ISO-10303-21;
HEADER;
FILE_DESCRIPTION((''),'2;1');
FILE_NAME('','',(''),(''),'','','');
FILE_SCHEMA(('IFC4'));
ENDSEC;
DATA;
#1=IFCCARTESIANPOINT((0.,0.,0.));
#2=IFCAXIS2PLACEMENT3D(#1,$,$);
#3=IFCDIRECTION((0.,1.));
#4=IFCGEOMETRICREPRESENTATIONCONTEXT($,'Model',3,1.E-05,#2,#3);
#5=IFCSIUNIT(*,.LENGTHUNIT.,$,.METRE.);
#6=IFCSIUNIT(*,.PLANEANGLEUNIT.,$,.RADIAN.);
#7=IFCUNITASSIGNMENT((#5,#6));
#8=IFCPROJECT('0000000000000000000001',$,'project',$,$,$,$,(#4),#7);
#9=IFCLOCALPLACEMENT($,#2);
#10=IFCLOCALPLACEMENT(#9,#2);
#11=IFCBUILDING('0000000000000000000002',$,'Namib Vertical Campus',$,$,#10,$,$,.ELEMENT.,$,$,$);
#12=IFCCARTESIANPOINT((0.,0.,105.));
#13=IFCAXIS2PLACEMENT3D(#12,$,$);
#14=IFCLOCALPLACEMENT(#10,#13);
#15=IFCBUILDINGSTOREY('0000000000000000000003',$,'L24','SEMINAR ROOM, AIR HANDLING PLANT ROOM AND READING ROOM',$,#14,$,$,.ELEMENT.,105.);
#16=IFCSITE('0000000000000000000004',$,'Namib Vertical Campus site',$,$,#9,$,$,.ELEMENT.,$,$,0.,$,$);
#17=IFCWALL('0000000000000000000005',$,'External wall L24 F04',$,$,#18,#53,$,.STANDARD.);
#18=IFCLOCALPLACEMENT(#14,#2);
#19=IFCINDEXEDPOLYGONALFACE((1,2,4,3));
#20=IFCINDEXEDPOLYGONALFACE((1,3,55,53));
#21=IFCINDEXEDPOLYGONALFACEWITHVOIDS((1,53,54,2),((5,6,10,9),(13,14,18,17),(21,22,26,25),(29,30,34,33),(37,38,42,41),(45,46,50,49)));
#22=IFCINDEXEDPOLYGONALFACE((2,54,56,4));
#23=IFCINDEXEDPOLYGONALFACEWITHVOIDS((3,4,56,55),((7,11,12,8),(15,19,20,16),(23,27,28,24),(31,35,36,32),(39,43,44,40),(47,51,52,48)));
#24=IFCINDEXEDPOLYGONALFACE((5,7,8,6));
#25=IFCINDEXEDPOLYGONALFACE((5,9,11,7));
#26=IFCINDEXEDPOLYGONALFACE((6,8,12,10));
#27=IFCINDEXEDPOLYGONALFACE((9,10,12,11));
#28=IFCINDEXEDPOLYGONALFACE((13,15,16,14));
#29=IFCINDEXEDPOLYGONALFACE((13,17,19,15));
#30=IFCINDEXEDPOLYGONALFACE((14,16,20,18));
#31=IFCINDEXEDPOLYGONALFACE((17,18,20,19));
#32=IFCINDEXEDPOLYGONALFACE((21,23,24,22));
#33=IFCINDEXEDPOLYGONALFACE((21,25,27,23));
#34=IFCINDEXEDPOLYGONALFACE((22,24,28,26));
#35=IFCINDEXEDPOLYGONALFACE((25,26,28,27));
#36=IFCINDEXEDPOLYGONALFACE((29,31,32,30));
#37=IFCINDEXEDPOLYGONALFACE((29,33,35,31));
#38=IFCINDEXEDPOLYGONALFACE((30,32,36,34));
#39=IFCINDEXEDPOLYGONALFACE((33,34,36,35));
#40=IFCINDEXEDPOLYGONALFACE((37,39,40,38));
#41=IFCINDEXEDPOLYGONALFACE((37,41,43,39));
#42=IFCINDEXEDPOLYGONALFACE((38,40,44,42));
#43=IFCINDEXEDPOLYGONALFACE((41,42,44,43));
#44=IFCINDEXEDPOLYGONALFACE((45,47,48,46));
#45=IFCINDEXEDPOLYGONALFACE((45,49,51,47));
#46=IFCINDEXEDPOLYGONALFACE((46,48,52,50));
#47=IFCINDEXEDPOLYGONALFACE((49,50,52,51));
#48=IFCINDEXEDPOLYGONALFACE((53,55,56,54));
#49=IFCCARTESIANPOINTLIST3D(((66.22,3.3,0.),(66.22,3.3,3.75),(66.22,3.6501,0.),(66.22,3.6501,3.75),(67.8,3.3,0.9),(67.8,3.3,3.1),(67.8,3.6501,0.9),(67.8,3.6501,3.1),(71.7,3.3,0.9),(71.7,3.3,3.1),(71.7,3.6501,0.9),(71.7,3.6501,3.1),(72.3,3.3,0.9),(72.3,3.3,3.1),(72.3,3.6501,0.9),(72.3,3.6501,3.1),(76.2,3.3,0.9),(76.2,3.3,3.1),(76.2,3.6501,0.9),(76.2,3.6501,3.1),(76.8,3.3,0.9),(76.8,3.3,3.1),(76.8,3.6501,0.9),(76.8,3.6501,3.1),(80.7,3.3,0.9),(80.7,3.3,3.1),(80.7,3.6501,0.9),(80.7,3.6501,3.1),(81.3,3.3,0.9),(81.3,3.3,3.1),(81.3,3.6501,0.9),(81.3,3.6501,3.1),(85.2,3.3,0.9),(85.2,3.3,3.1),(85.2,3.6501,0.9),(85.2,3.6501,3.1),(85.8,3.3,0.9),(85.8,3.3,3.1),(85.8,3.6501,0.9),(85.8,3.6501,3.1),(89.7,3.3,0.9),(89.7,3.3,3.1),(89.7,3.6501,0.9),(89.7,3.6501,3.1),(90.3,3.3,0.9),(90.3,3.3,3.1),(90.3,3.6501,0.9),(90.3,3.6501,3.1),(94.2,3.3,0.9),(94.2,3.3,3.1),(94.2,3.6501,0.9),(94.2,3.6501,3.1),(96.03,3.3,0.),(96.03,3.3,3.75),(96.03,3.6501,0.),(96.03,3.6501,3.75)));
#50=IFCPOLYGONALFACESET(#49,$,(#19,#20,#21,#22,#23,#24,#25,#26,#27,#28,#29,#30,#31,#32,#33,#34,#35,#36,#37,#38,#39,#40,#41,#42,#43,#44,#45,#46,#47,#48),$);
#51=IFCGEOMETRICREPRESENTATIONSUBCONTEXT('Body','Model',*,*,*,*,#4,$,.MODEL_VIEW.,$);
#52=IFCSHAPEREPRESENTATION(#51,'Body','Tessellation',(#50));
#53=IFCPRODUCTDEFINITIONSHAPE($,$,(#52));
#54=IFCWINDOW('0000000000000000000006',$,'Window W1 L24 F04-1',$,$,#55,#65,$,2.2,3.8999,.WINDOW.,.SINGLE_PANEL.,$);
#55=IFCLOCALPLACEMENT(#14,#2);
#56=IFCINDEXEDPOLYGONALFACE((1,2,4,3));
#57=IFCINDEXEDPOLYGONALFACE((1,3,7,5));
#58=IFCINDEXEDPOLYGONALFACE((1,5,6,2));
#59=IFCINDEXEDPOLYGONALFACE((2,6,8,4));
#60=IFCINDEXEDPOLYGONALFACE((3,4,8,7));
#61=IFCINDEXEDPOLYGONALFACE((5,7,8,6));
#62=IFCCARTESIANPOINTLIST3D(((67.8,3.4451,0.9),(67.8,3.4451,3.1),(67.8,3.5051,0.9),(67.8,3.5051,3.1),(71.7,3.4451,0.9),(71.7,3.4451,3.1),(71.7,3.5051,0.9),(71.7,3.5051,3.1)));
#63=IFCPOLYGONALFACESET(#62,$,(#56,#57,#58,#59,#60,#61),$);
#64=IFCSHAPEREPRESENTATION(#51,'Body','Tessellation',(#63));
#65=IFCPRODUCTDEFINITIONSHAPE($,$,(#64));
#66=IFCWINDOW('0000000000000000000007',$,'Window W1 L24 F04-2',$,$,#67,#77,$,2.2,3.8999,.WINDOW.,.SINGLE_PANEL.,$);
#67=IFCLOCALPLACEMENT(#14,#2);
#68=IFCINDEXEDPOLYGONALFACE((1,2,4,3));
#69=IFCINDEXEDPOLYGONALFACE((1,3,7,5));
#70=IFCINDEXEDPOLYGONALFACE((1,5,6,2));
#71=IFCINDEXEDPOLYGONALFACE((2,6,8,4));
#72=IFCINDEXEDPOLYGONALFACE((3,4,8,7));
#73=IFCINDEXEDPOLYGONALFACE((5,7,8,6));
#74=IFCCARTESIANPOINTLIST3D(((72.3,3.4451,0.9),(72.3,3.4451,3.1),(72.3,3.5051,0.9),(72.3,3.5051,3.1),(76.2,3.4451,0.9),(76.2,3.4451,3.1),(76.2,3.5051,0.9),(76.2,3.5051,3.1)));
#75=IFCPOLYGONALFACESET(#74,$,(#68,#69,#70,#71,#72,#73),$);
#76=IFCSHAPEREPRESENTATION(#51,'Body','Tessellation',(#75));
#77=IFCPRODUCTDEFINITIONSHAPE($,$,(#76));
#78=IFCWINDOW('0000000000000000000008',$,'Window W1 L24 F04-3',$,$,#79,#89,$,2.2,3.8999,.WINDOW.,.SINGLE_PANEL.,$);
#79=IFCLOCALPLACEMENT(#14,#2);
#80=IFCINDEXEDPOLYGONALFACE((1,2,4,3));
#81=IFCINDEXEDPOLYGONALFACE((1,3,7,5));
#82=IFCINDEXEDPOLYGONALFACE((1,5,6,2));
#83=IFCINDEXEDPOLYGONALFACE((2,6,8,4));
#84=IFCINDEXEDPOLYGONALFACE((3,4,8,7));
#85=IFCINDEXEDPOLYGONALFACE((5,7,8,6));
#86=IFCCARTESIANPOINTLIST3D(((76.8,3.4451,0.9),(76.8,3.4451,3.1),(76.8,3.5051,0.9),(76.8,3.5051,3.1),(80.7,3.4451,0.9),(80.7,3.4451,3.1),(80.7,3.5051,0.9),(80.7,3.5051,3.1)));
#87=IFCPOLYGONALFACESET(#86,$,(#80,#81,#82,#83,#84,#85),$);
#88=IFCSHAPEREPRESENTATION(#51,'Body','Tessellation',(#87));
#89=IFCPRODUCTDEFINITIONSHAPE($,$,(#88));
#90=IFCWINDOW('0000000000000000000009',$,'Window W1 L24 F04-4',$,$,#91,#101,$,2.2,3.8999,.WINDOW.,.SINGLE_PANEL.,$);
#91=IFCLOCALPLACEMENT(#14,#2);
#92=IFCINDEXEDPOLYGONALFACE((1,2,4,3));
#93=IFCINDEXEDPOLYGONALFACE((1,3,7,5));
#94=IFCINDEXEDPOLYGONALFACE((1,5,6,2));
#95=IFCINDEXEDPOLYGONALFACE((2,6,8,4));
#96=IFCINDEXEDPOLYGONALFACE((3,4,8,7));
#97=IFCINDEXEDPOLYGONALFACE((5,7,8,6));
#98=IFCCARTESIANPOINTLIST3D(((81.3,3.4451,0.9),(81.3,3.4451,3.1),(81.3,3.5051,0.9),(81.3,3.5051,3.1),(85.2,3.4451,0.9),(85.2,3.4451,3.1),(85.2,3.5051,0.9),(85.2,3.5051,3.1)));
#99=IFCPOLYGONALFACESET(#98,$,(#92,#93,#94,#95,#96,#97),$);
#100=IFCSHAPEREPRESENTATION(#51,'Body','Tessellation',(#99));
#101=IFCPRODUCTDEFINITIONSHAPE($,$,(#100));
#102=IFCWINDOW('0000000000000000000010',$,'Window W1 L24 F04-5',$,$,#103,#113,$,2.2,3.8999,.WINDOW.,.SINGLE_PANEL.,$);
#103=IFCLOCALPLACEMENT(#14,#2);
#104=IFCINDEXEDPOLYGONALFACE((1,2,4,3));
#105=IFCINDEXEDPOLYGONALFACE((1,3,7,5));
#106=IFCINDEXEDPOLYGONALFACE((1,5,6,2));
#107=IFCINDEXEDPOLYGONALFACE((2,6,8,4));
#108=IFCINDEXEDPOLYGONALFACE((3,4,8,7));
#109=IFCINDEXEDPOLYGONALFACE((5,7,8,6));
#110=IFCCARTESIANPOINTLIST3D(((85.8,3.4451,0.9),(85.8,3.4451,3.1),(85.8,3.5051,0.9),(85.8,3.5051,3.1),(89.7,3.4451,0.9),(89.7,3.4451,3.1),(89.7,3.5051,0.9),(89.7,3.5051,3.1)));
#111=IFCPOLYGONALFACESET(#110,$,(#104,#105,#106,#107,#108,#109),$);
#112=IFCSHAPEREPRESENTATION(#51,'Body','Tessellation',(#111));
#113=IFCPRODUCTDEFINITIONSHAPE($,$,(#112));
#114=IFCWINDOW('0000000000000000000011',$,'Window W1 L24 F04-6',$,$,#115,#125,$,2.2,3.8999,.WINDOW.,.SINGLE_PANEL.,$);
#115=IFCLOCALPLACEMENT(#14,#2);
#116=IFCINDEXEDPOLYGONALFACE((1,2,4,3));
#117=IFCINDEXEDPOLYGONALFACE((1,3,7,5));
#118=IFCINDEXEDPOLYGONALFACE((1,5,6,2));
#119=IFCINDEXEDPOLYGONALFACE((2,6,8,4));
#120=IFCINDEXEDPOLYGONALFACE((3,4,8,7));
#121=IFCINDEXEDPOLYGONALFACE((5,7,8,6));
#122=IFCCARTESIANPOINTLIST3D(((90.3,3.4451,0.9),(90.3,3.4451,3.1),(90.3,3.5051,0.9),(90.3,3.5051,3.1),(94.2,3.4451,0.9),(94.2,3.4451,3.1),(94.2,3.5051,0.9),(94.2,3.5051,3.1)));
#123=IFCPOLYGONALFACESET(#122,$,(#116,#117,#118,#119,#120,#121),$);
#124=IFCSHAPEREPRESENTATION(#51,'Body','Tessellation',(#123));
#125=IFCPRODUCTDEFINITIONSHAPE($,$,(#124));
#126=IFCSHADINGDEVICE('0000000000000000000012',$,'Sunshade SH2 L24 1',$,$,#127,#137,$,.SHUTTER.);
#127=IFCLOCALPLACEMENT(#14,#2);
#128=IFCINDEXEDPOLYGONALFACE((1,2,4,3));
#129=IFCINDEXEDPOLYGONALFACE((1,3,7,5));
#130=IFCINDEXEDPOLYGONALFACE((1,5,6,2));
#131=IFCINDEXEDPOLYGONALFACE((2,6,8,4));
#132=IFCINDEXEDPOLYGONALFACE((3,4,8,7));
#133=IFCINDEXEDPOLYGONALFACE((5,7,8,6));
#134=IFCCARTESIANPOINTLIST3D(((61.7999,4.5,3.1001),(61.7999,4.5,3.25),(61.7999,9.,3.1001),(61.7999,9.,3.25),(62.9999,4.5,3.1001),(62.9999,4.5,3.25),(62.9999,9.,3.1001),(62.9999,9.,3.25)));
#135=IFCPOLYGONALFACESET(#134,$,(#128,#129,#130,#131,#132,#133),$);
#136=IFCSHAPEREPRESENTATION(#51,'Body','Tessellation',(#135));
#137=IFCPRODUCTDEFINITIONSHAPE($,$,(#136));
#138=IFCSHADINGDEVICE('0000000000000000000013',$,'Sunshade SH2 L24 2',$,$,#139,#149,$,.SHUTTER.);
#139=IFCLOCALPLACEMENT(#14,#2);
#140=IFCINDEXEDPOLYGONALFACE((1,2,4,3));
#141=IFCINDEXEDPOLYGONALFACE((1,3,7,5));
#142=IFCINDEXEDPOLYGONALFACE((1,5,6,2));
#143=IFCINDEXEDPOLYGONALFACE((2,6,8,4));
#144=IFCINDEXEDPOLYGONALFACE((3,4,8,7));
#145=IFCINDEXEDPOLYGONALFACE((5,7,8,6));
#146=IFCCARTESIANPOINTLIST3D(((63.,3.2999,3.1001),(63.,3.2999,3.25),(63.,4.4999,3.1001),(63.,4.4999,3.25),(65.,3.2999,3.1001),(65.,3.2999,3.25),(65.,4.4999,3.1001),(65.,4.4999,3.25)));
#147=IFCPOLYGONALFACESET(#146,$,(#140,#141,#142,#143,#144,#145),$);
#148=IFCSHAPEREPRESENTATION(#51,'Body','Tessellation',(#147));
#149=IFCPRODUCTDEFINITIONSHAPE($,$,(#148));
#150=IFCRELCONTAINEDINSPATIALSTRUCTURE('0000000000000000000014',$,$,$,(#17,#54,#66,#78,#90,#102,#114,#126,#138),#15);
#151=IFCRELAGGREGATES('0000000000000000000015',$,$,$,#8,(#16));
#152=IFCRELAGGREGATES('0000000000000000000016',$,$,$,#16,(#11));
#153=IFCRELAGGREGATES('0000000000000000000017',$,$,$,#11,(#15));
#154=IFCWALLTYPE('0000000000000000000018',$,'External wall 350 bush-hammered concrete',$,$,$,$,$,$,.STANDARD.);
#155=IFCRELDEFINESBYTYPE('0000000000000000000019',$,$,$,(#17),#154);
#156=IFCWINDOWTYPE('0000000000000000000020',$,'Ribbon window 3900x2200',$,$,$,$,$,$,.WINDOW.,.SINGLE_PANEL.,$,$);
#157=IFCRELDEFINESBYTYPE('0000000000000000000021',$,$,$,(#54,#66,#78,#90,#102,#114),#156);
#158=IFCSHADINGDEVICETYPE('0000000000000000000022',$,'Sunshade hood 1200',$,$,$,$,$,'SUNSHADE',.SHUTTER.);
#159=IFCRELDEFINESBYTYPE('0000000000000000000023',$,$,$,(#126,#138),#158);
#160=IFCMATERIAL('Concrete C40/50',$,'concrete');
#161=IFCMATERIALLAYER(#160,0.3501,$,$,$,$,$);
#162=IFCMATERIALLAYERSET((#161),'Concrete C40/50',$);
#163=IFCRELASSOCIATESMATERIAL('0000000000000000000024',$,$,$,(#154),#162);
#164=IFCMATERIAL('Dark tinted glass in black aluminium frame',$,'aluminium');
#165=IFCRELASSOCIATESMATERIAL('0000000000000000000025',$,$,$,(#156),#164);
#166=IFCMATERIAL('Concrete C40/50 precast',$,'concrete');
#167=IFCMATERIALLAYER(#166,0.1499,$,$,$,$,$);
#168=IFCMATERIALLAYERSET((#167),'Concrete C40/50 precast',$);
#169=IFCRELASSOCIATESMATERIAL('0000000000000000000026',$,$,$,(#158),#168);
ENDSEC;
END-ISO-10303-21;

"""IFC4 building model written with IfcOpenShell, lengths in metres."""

from ifc_helpers import new_model, si_unit, direction, frame, frame_2d, origin, origin_2d, place, context, subcontext, project, spatial, rectangle, extrude, material, layer, layer_set, type_object, element, fill, save


model = new_model("IFC4")

# Units and contexts
model_context = context("Model", 3, precision=1e-05, world=origin(), true_north=direction((0.0, 1.0)))
body_context = subcontext(model_context, "Body", "Model", "MODEL_VIEW")
ifc_project = project(units=[si_unit("LENGTHUNIT", "METRE"), si_unit("PLANEANGLEUNIT", "RADIAN")], contexts=[model_context])

# Site, building, storey
site_placement = place(None, origin())
site = spatial("IfcSite", under=ifc_project, at=site_placement, Name="Namib Vertical Campus site", CompositionType="ELEMENT", RefElevation=0.0)
building_placement = place(site_placement, origin())
building = spatial("IfcBuilding", under=site, at=building_placement, Name="Namib Vertical Campus", CompositionType="ELEMENT")
storey_placement = place(building_placement, frame((0.0, 0.0, 105.0)))
storey = spatial("IfcBuildingStorey", under=building, at=storey_placement, Name="L24", Description="SEMINAR ROOM, AIR HANDLING PLANT ROOM AND READING ROOM", CompositionType="ELEMENT", Elevation=105.0)

# Shared definitions
ifc_material_1 = material(Name="Concrete C40/50", Category="concrete")
ifc_layer_1 = layer(ifc_material_1, 0.3501)
ifc_layer_set_1 = layer_set([ifc_layer_1], Name="Concrete C40/50")
wall_type = type_object("IfcWallType", Name="External wall 350 bush-hammered concrete", PredefinedType="STANDARD", material=ifc_layer_set_1)

# Wall, openings, windows
wall_1_placement = place(storey_placement, frame((66.22, 3.4751, 0.0), z_axis=(0.0, 0.0, 1.0), x_axis=(1.0, 0.0, 0.0)))
wall_1 = element("IfcWall", 1, at=wall_1_placement, inside=storey, type_object=wall_type, Name="External wall L24 F04", PredefinedType="STANDARD", context=body_context, shape_type="SweptSolid", body=[
    extrude(rectangle(XDim=29.8101, YDim=0.3501, at=frame_2d((14.905, 0.0))), origin(), (0.0, 0.0, 1.0), 3.75),
])
opening_1_placement = place(wall_1_placement, frame((1.5801, 0.0, 0.8999)))
opening_1 = element("IfcOpeningElement", 2, at=opening_1_placement, cuts=wall_1, PredefinedType="OPENING", context=body_context, shape_type="SweptSolid", body=[
    extrude(rectangle(XDim=3.8999, YDim=2.2, at=frame_2d((1.95, 1.1001))), frame((0.0, 0.1851, 0.0), z_axis=(0.0, -1.0, 0.0), x_axis=(1.0, 0.0, 0.0)), (0.0, 0.0, 1.0), 0.3701),
])
opening_2_placement = place(wall_1_placement, frame((6.0801, 0.0, 0.8999)))
opening_2 = element("IfcOpeningElement", 3, at=opening_2_placement, cuts=wall_1, PredefinedType="OPENING", context=body_context, shape_type="SweptSolid", body=[
    extrude(rectangle(XDim=3.8999, YDim=2.2, at=frame_2d((1.95, 1.1001))), frame((0.0, 0.1851, 0.0), z_axis=(0.0, -1.0, 0.0), x_axis=(1.0, 0.0, 0.0)), (0.0, 0.0, 1.0), 0.3701),
])
opening_3_placement = place(wall_1_placement, frame((10.5801, 0.0, 0.8999)))
opening_3 = element("IfcOpeningElement", 4, at=opening_3_placement, cuts=wall_1, PredefinedType="OPENING", context=body_context, shape_type="SweptSolid", body=[
    extrude(rectangle(XDim=3.8999, YDim=2.2, at=frame_2d((1.95, 1.1001))), frame((0.0, 0.1851, 0.0), z_axis=(0.0, -1.0, 0.0), x_axis=(1.0, 0.0, 0.0)), (0.0, 0.0, 1.0), 0.3701),
])
opening_4_placement = place(wall_1_placement, frame((15.0801, 0.0, 0.8999)))
opening_4 = element("IfcOpeningElement", 5, at=opening_4_placement, cuts=wall_1, PredefinedType="OPENING", context=body_context, shape_type="SweptSolid", body=[
    extrude(rectangle(XDim=3.8999, YDim=2.2, at=frame_2d((1.95, 1.1001))), frame((0.0, 0.1851, 0.0), z_axis=(0.0, -1.0, 0.0), x_axis=(1.0, 0.0, 0.0)), (0.0, 0.0, 1.0), 0.3701),
])
opening_5_placement = place(wall_1_placement, frame((19.5801, 0.0, 0.8999)))
opening_5 = element("IfcOpeningElement", 6, at=opening_5_placement, cuts=wall_1, PredefinedType="OPENING", context=body_context, shape_type="SweptSolid", body=[
    extrude(rectangle(XDim=3.8999, YDim=2.2, at=frame_2d((1.95, 1.1001))), frame((0.0, 0.1851, 0.0), z_axis=(0.0, -1.0, 0.0), x_axis=(1.0, 0.0, 0.0)), (0.0, 0.0, 1.0), 0.3701),
])
opening_6_placement = place(wall_1_placement, frame((24.0801, 0.0, 0.8999)))
opening_6 = element("IfcOpeningElement", 7, at=opening_6_placement, cuts=wall_1, PredefinedType="OPENING", context=body_context, shape_type="SweptSolid", body=[
    extrude(rectangle(XDim=3.8999, YDim=2.2, at=frame_2d((1.95, 1.1001))), frame((0.0, 0.1851, 0.0), z_axis=(0.0, -1.0, 0.0), x_axis=(1.0, 0.0, 0.0)), (0.0, 0.0, 1.0), 0.3701),
])
ifc_material_2 = material(Name="Dark tinted glass in black aluminium frame", Category="aluminium")
window_type = type_object("IfcWindowType", Name="Ribbon window 3900x2200", PartitioningType="SINGLE_PANEL", PredefinedType="WINDOW", material=ifc_material_2)
window_1_placement = place(opening_1_placement, origin())
window_1 = element("IfcWindow", 8, at=window_1_placement, inside=storey, type_object=window_type, Name="Window W1 L24 F04-1", OverallHeight=2.2, OverallWidth=3.8999, PartitioningType="SINGLE_PANEL", PredefinedType="WINDOW", context=body_context, shape_type="SweptSolid", body=[
    extrude(rectangle(XDim=3.8999, YDim=2.2, at=frame_2d((1.95, 1.1001))), frame((0.0, 0.03, 0.0), z_axis=(0.0, -1.0, 0.0), x_axis=(1.0, 0.0, 0.0)), (0.0, 0.0, 1.0), 0.0601),
])
fill(opening_1, window_1)
window_2_placement = place(opening_2_placement, origin())
window_2 = element("IfcWindow", 9, at=window_2_placement, inside=storey, type_object=window_type, Name="Window W1 L24 F04-2", OverallHeight=2.2, OverallWidth=3.8999, PartitioningType="SINGLE_PANEL", PredefinedType="WINDOW", context=body_context, shape_type="SweptSolid", body=[
    extrude(rectangle(XDim=3.8999, YDim=2.2, at=frame_2d((1.95, 1.1001))), frame((0.0, 0.03, 0.0), z_axis=(0.0, -1.0, 0.0), x_axis=(1.0, 0.0, 0.0)), (0.0, 0.0, 1.0), 0.0601),
])
fill(opening_2, window_2)
window_3_placement = place(opening_3_placement, origin())
window_3 = element("IfcWindow", 10, at=window_3_placement, inside=storey, type_object=window_type, Name="Window W1 L24 F04-3", OverallHeight=2.2, OverallWidth=3.8999, PartitioningType="SINGLE_PANEL", PredefinedType="WINDOW", context=body_context, shape_type="SweptSolid", body=[
    extrude(rectangle(XDim=3.8999, YDim=2.2, at=frame_2d((1.95, 1.1001))), frame((0.0, 0.03, 0.0), z_axis=(0.0, -1.0, 0.0), x_axis=(1.0, 0.0, 0.0)), (0.0, 0.0, 1.0), 0.0601),
])
fill(opening_3, window_3)
window_4_placement = place(opening_4_placement, origin())
window_4 = element("IfcWindow", 11, at=window_4_placement, inside=storey, type_object=window_type, Name="Window W1 L24 F04-4", OverallHeight=2.2, OverallWidth=3.8999, PartitioningType="SINGLE_PANEL", PredefinedType="WINDOW", context=body_context, shape_type="SweptSolid", body=[
    extrude(rectangle(XDim=3.8999, YDim=2.2, at=frame_2d((1.95, 1.1001))), frame((0.0, 0.03, 0.0), z_axis=(0.0, -1.0, 0.0), x_axis=(1.0, 0.0, 0.0)), (0.0, 0.0, 1.0), 0.0601),
])
fill(opening_4, window_4)
window_5_placement = place(opening_5_placement, origin())
window_5 = element("IfcWindow", 12, at=window_5_placement, inside=storey, type_object=window_type, Name="Window W1 L24 F04-5", OverallHeight=2.2, OverallWidth=3.8999, PartitioningType="SINGLE_PANEL", PredefinedType="WINDOW", context=body_context, shape_type="SweptSolid", body=[
    extrude(rectangle(XDim=3.8999, YDim=2.2, at=frame_2d((1.95, 1.1001))), frame((0.0, 0.03, 0.0), z_axis=(0.0, -1.0, 0.0), x_axis=(1.0, 0.0, 0.0)), (0.0, 0.0, 1.0), 0.0601),
])
fill(opening_5, window_5)
window_6_placement = place(opening_6_placement, origin())
window_6 = element("IfcWindow", 13, at=window_6_placement, inside=storey, type_object=window_type, Name="Window W1 L24 F04-6", OverallHeight=2.2, OverallWidth=3.8999, PartitioningType="SINGLE_PANEL", PredefinedType="WINDOW", context=body_context, shape_type="SweptSolid", body=[
    extrude(rectangle(XDim=3.8999, YDim=2.2, at=frame_2d((1.95, 1.1001))), frame((0.0, 0.03, 0.0), z_axis=(0.0, -1.0, 0.0), x_axis=(1.0, 0.0, 0.0)), (0.0, 0.0, 1.0), 0.0601),
])
fill(opening_6, window_6)

# Shading devices
ifc_material_3 = material(Name="Concrete C40/50 precast", Category="concrete")
ifc_layer_2 = layer(ifc_material_3, 0.1499)
ifc_layer_set_2 = layer_set([ifc_layer_2], Name="Concrete C40/50 precast")
shading_device_type = type_object("IfcShadingDeviceType", Name="Sunshade hood 1200", ElementType="SUNSHADE", PredefinedType="SHUTTER", material=ifc_layer_set_2)
shading_device_1_placement = place(storey_placement, frame((62.3999, 6.75, 3.1001), z_axis=(0.0, 0.0, 1.0), x_axis=(0.0, -1.0, 0.0)))
element("IfcShadingDevice", 14, at=shading_device_1_placement, inside=storey, type_object=shading_device_type, Name="Sunshade SH2 L24 1", PredefinedType="SHUTTER", context=body_context, shape_type="SweptSolid", body=[
    extrude(rectangle(XDim=4.5, YDim=1.2, at=origin_2d()), origin(), (0.0, 0.0, 1.0), 0.1499),
])
shading_device_2_placement = place(storey_placement, frame((64.0, 3.8999, 3.1001), z_axis=(0.0, 0.0, 1.0), x_axis=(1.0, 0.0, 0.0)))
element("IfcShadingDevice", 15, at=shading_device_2_placement, inside=storey, type_object=shading_device_type, Name="Sunshade SH2 L24 2", PredefinedType="SHUTTER", context=body_context, shape_type="SweptSolid", body=[
    extrude(rectangle(XDim=2.0, YDim=1.2, at=origin_2d()), origin(), (0.0, 0.0, 1.0), 0.1499),
])

save(model, "model.ifc")
